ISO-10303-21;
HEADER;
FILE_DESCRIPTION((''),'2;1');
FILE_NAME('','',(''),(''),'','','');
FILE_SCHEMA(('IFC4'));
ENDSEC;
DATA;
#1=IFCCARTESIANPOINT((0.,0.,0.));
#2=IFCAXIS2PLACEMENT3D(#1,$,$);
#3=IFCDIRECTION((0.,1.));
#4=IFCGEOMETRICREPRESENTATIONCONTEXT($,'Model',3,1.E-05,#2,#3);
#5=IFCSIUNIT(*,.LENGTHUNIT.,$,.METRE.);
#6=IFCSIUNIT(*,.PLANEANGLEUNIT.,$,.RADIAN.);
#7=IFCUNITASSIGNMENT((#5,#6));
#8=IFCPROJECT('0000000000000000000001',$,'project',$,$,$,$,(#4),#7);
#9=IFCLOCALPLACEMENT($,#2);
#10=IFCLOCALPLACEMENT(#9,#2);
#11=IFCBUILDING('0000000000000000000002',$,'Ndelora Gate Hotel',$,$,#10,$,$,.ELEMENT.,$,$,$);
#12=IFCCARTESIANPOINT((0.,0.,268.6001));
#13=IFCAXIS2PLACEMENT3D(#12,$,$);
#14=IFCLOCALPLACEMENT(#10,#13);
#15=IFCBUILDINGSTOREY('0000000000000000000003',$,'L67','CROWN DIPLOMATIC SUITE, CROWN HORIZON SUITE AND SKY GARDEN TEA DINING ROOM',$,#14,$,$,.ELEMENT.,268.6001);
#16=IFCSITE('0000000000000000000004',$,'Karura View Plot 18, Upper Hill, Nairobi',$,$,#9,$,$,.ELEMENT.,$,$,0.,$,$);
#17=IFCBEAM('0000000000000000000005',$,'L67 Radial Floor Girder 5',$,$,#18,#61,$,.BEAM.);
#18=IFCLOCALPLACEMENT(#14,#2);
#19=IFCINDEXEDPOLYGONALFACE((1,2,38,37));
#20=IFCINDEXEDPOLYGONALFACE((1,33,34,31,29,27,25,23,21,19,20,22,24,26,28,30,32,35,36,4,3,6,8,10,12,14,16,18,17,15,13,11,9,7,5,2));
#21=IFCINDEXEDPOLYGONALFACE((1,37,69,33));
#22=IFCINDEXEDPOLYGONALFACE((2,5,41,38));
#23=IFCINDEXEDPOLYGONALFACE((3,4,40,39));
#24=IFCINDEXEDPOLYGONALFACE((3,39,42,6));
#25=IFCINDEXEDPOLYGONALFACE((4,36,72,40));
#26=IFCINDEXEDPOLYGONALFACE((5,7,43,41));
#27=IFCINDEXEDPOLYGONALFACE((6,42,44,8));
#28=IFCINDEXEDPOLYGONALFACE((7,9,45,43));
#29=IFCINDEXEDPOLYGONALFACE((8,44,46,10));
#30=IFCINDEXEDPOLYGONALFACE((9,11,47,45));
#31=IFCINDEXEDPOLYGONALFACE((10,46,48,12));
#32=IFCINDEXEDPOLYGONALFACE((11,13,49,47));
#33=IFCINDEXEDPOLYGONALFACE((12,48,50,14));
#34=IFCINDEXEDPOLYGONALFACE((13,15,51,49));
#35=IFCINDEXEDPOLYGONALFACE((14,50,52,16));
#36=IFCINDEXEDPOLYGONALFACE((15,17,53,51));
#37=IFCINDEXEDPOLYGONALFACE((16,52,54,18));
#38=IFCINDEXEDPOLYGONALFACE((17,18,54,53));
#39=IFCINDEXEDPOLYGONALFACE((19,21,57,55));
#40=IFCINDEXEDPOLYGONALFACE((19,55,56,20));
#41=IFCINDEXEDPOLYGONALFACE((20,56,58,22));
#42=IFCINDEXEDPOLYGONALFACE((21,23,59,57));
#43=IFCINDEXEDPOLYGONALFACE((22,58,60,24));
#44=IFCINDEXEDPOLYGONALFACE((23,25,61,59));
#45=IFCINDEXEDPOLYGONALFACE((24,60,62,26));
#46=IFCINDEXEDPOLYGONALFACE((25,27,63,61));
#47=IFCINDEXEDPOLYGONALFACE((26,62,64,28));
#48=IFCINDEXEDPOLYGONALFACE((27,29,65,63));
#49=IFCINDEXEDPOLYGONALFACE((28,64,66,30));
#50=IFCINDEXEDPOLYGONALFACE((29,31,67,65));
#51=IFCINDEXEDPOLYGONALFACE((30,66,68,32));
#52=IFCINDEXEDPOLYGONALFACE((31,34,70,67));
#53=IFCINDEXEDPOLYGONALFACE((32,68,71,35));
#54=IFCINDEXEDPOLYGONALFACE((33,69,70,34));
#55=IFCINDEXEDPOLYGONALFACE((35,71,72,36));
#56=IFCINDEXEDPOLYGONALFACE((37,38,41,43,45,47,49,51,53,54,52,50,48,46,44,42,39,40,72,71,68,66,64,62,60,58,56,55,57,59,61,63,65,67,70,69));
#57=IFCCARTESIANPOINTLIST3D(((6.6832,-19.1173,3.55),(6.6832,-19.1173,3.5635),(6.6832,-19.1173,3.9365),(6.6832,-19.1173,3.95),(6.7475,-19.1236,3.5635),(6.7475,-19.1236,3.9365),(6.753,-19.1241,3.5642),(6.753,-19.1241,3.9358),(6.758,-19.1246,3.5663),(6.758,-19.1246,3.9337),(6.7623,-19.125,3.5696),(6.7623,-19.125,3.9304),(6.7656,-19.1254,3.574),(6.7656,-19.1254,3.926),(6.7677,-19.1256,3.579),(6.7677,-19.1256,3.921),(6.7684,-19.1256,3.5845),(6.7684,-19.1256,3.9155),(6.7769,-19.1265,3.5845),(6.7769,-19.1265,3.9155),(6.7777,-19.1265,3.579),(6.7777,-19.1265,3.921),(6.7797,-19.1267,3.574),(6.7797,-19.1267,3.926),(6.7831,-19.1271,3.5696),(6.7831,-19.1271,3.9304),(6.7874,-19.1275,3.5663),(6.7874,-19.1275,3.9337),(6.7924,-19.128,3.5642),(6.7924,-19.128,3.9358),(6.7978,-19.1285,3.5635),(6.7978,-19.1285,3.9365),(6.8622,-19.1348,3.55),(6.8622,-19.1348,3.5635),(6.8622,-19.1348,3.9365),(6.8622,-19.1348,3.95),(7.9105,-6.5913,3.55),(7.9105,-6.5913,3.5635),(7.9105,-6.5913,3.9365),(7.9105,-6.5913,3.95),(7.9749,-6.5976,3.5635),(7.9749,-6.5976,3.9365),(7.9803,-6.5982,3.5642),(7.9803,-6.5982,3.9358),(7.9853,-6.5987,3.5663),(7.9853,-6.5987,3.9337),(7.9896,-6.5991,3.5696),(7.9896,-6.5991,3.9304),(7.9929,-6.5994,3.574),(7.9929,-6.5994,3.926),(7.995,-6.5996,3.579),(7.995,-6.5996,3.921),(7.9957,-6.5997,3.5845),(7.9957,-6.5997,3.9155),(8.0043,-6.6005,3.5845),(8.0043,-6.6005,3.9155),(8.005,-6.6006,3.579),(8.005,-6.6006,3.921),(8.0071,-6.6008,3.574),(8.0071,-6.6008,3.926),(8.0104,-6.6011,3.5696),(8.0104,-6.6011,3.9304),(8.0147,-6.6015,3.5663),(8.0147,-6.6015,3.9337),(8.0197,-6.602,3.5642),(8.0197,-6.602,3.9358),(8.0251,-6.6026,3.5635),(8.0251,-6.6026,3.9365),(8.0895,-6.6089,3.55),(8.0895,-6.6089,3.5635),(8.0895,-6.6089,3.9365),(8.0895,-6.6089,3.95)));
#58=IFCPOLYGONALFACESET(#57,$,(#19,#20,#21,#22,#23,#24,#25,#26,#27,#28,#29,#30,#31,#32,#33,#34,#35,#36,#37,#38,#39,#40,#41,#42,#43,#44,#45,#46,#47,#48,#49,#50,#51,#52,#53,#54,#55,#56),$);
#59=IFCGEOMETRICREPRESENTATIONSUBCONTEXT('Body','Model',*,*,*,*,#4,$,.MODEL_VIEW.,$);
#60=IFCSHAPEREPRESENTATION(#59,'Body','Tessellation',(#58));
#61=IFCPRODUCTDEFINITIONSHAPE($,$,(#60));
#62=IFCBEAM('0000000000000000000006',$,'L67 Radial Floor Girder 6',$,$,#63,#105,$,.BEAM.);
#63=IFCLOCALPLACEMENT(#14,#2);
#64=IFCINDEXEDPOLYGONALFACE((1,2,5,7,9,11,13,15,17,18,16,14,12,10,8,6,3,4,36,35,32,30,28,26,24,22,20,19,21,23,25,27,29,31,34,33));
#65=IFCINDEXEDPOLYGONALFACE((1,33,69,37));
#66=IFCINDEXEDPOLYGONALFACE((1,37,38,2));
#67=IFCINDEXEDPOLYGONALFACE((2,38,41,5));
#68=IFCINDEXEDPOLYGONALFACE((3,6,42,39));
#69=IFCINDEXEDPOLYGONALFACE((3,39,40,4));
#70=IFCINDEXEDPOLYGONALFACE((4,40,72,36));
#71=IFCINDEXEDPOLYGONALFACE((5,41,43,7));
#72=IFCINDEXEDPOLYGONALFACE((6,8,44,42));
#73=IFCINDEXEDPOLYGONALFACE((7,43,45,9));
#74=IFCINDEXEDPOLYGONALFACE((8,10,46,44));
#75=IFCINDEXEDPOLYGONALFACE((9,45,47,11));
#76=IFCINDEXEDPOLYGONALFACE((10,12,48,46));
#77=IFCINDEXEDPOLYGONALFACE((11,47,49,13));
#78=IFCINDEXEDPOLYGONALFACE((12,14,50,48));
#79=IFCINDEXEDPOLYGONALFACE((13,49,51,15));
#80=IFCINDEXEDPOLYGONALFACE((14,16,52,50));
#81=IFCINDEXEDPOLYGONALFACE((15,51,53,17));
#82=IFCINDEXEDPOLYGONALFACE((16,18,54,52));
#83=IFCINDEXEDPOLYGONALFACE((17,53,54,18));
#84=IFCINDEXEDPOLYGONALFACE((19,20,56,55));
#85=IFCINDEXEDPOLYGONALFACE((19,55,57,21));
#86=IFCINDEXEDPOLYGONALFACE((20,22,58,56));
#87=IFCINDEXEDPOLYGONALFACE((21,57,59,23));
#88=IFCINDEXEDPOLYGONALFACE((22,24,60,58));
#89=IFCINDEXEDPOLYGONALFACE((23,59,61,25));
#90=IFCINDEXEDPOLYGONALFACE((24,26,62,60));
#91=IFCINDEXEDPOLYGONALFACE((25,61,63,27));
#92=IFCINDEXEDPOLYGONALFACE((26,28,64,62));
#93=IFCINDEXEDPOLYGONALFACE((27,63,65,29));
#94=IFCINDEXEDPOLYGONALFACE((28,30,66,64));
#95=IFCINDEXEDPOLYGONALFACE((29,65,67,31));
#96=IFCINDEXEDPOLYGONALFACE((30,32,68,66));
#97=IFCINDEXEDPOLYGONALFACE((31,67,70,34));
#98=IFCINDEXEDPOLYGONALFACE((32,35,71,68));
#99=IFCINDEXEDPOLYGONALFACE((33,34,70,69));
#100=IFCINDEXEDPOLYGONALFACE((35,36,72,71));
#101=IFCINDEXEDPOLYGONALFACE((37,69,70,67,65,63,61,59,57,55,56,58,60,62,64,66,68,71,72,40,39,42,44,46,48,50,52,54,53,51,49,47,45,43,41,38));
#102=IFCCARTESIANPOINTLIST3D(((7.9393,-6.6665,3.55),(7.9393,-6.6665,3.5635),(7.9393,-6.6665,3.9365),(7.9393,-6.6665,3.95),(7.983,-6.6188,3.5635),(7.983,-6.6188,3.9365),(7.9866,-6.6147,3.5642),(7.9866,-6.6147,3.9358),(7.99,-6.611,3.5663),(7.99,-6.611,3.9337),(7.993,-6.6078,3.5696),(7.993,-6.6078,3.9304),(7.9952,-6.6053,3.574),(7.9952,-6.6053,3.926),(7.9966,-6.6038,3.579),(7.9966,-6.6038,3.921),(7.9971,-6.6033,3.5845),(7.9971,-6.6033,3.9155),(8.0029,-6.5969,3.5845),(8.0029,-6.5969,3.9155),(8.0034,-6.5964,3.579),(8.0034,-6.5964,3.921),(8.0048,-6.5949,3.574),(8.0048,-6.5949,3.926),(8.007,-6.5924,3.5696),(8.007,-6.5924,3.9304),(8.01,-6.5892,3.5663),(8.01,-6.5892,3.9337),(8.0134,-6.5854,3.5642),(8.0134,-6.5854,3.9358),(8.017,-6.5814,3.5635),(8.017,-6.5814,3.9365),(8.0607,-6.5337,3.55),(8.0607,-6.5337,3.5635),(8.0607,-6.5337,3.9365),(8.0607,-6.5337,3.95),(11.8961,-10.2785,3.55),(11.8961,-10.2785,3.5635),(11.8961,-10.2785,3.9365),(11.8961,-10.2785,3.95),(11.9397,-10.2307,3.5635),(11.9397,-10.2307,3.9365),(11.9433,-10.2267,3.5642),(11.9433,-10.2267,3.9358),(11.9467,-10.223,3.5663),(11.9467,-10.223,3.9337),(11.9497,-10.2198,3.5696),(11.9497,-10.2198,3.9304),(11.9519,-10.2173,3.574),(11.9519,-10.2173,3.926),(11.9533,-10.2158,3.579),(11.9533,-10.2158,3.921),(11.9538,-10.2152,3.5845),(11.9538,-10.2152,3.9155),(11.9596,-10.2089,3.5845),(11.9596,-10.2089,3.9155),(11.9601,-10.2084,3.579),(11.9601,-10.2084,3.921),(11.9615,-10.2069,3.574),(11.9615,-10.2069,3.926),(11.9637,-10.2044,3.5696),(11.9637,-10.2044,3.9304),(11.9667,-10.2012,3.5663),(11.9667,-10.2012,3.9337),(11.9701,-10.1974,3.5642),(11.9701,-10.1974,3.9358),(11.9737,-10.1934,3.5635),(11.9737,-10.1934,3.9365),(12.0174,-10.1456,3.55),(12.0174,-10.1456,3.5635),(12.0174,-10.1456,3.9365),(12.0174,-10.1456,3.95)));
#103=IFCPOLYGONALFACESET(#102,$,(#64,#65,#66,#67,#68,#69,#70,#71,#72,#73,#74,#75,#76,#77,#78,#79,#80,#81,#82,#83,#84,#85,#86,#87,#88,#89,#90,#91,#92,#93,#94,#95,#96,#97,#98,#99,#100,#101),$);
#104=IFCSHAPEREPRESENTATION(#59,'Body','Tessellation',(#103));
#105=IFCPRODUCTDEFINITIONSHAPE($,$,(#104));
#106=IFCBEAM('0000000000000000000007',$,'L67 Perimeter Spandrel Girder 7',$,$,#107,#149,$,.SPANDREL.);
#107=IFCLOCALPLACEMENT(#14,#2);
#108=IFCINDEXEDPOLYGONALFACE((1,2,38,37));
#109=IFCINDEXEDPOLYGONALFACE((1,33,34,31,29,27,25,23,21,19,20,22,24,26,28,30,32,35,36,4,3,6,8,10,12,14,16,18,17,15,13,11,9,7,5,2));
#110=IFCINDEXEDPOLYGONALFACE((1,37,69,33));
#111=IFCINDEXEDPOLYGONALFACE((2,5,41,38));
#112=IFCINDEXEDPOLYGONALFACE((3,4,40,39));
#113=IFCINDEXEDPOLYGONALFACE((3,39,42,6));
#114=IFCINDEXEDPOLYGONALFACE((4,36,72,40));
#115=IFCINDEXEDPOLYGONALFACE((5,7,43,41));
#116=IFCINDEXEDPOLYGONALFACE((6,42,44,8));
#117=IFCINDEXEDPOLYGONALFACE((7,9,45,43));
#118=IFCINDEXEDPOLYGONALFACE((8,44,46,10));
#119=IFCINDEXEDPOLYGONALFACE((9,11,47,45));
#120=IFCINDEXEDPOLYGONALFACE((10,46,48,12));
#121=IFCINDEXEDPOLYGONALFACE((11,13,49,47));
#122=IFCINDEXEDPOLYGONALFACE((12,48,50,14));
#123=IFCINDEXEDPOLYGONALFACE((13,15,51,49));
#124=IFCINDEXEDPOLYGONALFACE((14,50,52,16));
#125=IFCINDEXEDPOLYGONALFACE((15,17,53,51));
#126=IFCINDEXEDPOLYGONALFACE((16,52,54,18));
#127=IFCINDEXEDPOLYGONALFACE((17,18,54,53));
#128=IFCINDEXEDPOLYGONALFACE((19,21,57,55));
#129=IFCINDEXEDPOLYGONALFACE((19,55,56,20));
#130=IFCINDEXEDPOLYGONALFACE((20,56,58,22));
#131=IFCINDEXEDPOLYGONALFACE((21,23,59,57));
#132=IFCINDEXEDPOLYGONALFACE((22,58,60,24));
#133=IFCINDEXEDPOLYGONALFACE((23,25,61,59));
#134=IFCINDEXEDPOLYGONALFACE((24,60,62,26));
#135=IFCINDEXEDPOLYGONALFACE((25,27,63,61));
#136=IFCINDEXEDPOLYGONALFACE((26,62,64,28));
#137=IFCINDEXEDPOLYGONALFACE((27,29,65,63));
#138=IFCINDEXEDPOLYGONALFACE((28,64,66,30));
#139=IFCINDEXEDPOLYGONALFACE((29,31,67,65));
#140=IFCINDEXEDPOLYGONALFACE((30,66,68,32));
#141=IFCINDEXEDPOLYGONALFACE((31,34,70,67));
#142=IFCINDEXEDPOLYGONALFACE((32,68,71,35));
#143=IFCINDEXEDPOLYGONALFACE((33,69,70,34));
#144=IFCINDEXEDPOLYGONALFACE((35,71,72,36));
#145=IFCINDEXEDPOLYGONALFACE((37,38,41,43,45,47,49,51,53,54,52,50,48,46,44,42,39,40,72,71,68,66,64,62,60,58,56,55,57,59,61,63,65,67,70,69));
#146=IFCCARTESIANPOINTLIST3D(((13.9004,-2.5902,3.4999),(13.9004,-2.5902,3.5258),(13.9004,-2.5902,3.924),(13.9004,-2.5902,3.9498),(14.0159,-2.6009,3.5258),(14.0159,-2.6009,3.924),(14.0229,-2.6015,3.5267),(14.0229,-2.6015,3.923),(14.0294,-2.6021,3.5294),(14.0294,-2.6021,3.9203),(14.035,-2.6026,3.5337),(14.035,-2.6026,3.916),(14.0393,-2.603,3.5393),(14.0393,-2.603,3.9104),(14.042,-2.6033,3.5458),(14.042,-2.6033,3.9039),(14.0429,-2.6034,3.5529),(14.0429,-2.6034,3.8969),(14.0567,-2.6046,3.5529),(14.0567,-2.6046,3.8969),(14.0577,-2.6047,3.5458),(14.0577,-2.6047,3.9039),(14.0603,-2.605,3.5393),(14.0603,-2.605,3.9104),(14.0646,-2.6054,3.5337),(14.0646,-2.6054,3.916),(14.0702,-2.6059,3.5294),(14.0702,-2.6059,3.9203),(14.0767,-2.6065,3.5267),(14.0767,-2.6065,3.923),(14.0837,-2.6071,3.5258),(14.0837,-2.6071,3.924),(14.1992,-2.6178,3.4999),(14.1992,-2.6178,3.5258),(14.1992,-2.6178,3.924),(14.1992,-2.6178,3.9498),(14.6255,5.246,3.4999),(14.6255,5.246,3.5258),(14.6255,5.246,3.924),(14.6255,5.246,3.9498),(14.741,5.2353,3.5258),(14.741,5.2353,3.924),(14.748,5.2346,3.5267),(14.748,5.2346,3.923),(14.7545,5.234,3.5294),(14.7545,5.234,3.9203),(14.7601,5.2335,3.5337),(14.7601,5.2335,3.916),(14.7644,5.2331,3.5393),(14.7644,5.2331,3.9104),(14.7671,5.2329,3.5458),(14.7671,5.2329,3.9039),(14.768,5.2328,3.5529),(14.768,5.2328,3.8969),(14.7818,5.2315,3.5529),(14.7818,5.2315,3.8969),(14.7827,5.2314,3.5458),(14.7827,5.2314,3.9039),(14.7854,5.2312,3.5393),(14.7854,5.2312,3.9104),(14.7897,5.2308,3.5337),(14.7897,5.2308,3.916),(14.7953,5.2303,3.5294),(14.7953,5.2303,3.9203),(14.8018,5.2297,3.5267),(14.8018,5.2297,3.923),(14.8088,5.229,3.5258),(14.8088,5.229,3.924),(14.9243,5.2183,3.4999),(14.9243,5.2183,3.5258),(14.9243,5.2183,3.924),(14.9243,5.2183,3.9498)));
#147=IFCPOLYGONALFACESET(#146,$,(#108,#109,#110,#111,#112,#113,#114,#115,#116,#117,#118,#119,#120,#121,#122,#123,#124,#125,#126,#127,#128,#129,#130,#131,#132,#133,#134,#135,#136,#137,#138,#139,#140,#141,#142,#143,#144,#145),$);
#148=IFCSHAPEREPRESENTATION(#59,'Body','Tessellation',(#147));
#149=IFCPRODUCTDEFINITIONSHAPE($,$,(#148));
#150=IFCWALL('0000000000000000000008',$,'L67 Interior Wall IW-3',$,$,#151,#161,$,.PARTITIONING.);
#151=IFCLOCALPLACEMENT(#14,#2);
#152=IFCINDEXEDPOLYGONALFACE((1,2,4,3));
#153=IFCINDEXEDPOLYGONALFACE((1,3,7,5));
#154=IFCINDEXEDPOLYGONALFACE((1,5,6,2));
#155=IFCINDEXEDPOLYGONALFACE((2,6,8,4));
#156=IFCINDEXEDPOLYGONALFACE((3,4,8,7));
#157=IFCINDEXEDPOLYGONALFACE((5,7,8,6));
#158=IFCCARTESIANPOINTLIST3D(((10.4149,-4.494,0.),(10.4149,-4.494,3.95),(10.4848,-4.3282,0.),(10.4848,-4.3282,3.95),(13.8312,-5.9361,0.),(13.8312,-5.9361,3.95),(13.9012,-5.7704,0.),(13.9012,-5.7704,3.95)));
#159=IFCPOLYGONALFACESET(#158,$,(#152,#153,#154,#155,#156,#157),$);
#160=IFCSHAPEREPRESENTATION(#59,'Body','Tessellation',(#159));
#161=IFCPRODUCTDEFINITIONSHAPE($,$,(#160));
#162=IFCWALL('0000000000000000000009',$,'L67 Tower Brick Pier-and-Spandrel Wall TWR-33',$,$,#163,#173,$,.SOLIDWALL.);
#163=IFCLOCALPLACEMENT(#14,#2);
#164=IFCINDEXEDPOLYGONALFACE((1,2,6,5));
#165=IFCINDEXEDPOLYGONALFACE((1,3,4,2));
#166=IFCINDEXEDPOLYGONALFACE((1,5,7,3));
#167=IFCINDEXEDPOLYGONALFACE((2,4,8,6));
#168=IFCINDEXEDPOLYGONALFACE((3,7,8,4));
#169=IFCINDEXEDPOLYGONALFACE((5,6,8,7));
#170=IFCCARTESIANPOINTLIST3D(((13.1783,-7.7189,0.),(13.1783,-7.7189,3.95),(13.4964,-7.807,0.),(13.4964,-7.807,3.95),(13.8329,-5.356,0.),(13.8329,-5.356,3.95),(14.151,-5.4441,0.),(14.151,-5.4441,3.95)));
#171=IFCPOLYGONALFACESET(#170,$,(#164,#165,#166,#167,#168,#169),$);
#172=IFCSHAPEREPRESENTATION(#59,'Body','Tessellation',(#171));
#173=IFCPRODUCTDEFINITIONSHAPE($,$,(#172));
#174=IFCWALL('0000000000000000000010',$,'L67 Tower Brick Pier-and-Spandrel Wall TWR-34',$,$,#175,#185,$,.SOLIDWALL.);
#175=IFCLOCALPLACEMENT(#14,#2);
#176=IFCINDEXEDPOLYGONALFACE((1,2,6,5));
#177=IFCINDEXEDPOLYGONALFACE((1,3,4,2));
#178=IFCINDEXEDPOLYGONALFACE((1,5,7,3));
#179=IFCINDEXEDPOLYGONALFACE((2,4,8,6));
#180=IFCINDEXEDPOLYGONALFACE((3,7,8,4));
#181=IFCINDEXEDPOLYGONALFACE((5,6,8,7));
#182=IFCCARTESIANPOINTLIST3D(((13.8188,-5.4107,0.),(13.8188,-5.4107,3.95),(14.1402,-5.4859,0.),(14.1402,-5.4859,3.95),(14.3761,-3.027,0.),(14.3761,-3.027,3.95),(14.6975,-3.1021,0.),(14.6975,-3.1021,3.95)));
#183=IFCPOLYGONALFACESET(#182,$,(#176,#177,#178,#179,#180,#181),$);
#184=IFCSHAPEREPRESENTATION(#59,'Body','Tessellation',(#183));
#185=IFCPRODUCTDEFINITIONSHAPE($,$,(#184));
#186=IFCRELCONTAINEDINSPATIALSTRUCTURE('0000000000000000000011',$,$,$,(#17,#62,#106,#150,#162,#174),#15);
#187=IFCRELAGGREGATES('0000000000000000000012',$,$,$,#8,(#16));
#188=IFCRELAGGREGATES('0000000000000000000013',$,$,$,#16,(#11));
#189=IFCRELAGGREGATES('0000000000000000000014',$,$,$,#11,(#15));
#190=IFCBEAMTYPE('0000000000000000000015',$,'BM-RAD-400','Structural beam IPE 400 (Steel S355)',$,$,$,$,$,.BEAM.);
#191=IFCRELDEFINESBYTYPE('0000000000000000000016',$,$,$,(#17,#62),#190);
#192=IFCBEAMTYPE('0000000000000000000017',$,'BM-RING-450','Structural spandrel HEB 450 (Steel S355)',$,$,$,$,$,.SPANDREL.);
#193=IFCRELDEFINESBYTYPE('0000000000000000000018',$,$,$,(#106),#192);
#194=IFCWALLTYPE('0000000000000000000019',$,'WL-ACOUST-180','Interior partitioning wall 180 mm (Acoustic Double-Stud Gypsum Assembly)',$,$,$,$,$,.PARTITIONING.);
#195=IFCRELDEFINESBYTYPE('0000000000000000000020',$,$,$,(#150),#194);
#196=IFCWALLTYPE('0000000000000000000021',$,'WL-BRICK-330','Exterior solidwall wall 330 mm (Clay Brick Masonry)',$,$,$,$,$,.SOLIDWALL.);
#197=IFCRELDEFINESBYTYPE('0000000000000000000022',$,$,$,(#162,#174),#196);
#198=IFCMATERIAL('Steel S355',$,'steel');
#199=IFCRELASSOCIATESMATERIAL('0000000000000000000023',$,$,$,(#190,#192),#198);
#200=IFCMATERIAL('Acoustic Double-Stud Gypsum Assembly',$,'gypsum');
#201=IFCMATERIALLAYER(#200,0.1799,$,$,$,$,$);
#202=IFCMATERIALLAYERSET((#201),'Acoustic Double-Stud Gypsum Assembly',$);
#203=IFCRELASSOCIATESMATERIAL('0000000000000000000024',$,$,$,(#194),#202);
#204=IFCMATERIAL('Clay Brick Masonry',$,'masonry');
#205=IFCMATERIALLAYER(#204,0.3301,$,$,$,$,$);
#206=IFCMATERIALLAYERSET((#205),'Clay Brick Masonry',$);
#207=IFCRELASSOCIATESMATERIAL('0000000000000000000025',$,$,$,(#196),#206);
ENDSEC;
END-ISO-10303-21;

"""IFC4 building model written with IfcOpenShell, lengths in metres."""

from ifc_helpers import new_model, si_unit, direction, frame, frame_2d, origin, origin_2d, place, context, subcontext, project, spatial, rectangle, i_section, extrude, material, layer, layer_set, material_profile, profile_set, type_object, element, save


model = new_model("IFC4")

# Units and contexts
model_context = context("Model", 3, precision=1e-05, world=origin(), true_north=direction((0.0, 1.0)))
body_context = subcontext(model_context, "Body", "Model", "MODEL_VIEW")
ifc_project = project(units=[si_unit("LENGTHUNIT", "METRE"), si_unit("PLANEANGLEUNIT", "RADIAN")], contexts=[model_context])

# Site, building, storey
site_placement = place(None, origin())
site = spatial("IfcSite", under=ifc_project, at=site_placement, Name="Karura View Plot 18, Upper Hill, Nairobi", CompositionType="ELEMENT", RefElevation=0.0)
building_placement = place(site_placement, origin())
building = spatial("IfcBuilding", under=site, at=building_placement, Name="Ndelora Gate Hotel", CompositionType="ELEMENT")
storey_placement = place(building_placement, frame((0.0, 0.0, 268.6001)))
storey = spatial("IfcBuildingStorey", under=building, at=storey_placement, Name="L67", Description="CROWN DIPLOMATIC SUITE, CROWN HORIZON SUITE AND SKY GARDEN TEA DINING ROOM", CompositionType="ELEMENT", Elevation=268.6001)

# Beams
ifc_material_1 = material(Name="Steel S355", Category="steel")
ifc_material_profile_1 = material_profile(ifc_material_1, i_section(OverallWidth=0.1799, OverallDepth=0.3999, WebThickness=0.0085, FlangeThickness=0.0134, FilletRadius=0.021, at=origin_2d()), Name="IPE 400")
ifc_profile_set_1 = profile_set([ifc_material_profile_1], Name="Steel S355")
beam_type_1 = type_object("IfcBeamType", Name="BM-RAD-400", Description="Structural beam IPE 400 (Steel S355)", PredefinedType="BEAM", material=ifc_profile_set_1)
beam_1_placement = place(storey_placement, frame((8.0, -6.6001, 3.75), z_axis=(-0.097514, -0.995234, 0.0), x_axis=(0.995234, -0.097514, 0.0)))
element("IfcBeam", 1, at=beam_1_placement, inside=storey, type_object=beam_type_1, Name="L67 Radial Floor Girder 5", PredefinedType="BEAM", context=body_context, shape_type="SweptSolid", body=[
    extrude(i_section(OverallWidth=0.1799, OverallDepth=0.3999, WebThickness=0.0085, FlangeThickness=0.0134, FilletRadius=0.021, at=origin_2d()), origin(), (0.0, 0.0, 1.0), 12.5859),
])
beam_2_placement = place(storey_placement, frame((8.0, -6.6001, 3.75), z_axis=(0.738547, -0.674202, 0.0), x_axis=(0.674202, 0.738547, 0.0)))
element("IfcBeam", 2, at=beam_2_placement, inside=storey, type_object=beam_type_1, Name="L67 Radial Floor Girder 6", PredefinedType="BEAM", context=body_context, shape_type="SweptSolid", body=[
    extrude(i_section(OverallWidth=0.1799, OverallDepth=0.3999, WebThickness=0.0085, FlangeThickness=0.0134, FilletRadius=0.021, at=origin_2d()), origin(), (0.0, 0.0, 1.0), 5.3574),
])
ifc_material_profile_2 = material_profile(ifc_material_1, i_section(OverallWidth=0.3, OverallDepth=0.45, WebThickness=0.0139, FlangeThickness=0.0259, FilletRadius=0.0271, at=origin_2d()), Name="HEB 450")
ifc_profile_set_2 = profile_set([ifc_material_profile_2], Name="Steel S355")
beam_type_2 = type_object("IfcBeamType", Name="BM-RING-450", Description="Structural spandrel HEB 450 (Steel S355)", PredefinedType="SPANDREL", material=ifc_profile_set_2)
beam_3_placement = place(storey_placement, frame((14.0498, -2.604, 3.7249), z_axis=(0.092138, 0.995746, 0.0), x_axis=(-0.995746, 0.092138, 0.0)))
element("IfcBeam", 3, at=beam_3_placement, inside=storey, type_object=beam_type_2, Name="L67 Perimeter Spandrel Girder 7", PredefinedType="SPANDREL", context=body_context, shape_type="SweptSolid", body=[
    extrude(i_section(OverallWidth=0.3, OverallDepth=0.45, WebThickness=0.0139, FlangeThickness=0.0259, FilletRadius=0.0271, at=origin_2d()), origin(), (0.0, 0.0, 1.0), 7.8696),
])

# Walls
ifc_material_2 = material(Name="Acoustic Double-Stud Gypsum Assembly", Category="gypsum")
ifc_layer_1 = layer(ifc_material_2, 0.1799)
ifc_layer_set_1 = layer_set([ifc_layer_1], Name="Acoustic Double-Stud Gypsum Assembly")
wall_type_1 = type_object("IfcWallType", Name="WL-ACOUST-180", Description="Interior partitioning wall 180 mm (Acoustic Double-Stud Gypsum Assembly)", PredefinedType="PARTITIONING", material=ifc_layer_set_1)
wall_1_placement = place(storey_placement, frame((10.45, -4.4111, 0.0), z_axis=(0.0, 0.0, 1.0), x_axis=(0.921277, -0.388907, 0.0)))
element("IfcWall", 4, at=wall_1_placement, inside=storey, type_object=wall_type_1, Name="L67 Interior Wall IW-3", PredefinedType="PARTITIONING", context=body_context, shape_type="SweptSolid", body=[
    extrude(rectangle(XDim=3.7083, YDim=0.1799, at=frame_2d((1.854, 0.0))), origin(), (0.0, 0.0, 1.0), 3.95),
])
ifc_material_3 = material(Name="Clay Brick Masonry", Category="masonry")
ifc_layer_2 = layer(ifc_material_3, 0.3301)
ifc_layer_set_2 = layer_set([ifc_layer_2], Name="Clay Brick Masonry")
wall_type_2 = type_object("IfcWallType", Name="WL-BRICK-330", Description="Exterior solidwall wall 330 mm (Clay Brick Masonry)", PredefinedType="SOLIDWALL", material=ifc_layer_set_2)
wall_2_placement = place(storey_placement, frame((13.9919, -5.3999, 0.0), z_axis=(0.0, 0.0, 1.0), x_axis=(-0.26694, -0.963713, 0.0)))
element("IfcWall", 5, at=wall_2_placement, inside=storey, type_object=wall_type_2, Name="L67 Tower Brick Pier-and-Spandrel Wall TWR-33", PredefinedType="SOLIDWALL", context=body_context, shape_type="SweptSolid", body=[
    extrude(rectangle(XDim=2.4519, YDim=0.3301, at=frame_2d((1.2261, 0.0))), origin(), (0.0, 0.0, 1.0), 3.95),
])
wall_3_placement = place(storey_placement, frame((14.5369, -3.0645, 0.0), z_axis=(0.0, 0.0, 1.0), x_axis=(-0.227677, -0.973737, 0.0)))
element("IfcWall", 6, at=wall_3_placement, inside=storey, type_object=wall_type_2, Name="L67 Tower Brick Pier-and-Spandrel Wall TWR-34", PredefinedType="SOLIDWALL", context=body_context, shape_type="SweptSolid", body=[
    extrude(rectangle(XDim=2.448, YDim=0.3301, at=frame_2d((1.2241, 0.0))), origin(), (0.0, 0.0, 1.0), 3.95),
])

save(model, "model.ifc")
